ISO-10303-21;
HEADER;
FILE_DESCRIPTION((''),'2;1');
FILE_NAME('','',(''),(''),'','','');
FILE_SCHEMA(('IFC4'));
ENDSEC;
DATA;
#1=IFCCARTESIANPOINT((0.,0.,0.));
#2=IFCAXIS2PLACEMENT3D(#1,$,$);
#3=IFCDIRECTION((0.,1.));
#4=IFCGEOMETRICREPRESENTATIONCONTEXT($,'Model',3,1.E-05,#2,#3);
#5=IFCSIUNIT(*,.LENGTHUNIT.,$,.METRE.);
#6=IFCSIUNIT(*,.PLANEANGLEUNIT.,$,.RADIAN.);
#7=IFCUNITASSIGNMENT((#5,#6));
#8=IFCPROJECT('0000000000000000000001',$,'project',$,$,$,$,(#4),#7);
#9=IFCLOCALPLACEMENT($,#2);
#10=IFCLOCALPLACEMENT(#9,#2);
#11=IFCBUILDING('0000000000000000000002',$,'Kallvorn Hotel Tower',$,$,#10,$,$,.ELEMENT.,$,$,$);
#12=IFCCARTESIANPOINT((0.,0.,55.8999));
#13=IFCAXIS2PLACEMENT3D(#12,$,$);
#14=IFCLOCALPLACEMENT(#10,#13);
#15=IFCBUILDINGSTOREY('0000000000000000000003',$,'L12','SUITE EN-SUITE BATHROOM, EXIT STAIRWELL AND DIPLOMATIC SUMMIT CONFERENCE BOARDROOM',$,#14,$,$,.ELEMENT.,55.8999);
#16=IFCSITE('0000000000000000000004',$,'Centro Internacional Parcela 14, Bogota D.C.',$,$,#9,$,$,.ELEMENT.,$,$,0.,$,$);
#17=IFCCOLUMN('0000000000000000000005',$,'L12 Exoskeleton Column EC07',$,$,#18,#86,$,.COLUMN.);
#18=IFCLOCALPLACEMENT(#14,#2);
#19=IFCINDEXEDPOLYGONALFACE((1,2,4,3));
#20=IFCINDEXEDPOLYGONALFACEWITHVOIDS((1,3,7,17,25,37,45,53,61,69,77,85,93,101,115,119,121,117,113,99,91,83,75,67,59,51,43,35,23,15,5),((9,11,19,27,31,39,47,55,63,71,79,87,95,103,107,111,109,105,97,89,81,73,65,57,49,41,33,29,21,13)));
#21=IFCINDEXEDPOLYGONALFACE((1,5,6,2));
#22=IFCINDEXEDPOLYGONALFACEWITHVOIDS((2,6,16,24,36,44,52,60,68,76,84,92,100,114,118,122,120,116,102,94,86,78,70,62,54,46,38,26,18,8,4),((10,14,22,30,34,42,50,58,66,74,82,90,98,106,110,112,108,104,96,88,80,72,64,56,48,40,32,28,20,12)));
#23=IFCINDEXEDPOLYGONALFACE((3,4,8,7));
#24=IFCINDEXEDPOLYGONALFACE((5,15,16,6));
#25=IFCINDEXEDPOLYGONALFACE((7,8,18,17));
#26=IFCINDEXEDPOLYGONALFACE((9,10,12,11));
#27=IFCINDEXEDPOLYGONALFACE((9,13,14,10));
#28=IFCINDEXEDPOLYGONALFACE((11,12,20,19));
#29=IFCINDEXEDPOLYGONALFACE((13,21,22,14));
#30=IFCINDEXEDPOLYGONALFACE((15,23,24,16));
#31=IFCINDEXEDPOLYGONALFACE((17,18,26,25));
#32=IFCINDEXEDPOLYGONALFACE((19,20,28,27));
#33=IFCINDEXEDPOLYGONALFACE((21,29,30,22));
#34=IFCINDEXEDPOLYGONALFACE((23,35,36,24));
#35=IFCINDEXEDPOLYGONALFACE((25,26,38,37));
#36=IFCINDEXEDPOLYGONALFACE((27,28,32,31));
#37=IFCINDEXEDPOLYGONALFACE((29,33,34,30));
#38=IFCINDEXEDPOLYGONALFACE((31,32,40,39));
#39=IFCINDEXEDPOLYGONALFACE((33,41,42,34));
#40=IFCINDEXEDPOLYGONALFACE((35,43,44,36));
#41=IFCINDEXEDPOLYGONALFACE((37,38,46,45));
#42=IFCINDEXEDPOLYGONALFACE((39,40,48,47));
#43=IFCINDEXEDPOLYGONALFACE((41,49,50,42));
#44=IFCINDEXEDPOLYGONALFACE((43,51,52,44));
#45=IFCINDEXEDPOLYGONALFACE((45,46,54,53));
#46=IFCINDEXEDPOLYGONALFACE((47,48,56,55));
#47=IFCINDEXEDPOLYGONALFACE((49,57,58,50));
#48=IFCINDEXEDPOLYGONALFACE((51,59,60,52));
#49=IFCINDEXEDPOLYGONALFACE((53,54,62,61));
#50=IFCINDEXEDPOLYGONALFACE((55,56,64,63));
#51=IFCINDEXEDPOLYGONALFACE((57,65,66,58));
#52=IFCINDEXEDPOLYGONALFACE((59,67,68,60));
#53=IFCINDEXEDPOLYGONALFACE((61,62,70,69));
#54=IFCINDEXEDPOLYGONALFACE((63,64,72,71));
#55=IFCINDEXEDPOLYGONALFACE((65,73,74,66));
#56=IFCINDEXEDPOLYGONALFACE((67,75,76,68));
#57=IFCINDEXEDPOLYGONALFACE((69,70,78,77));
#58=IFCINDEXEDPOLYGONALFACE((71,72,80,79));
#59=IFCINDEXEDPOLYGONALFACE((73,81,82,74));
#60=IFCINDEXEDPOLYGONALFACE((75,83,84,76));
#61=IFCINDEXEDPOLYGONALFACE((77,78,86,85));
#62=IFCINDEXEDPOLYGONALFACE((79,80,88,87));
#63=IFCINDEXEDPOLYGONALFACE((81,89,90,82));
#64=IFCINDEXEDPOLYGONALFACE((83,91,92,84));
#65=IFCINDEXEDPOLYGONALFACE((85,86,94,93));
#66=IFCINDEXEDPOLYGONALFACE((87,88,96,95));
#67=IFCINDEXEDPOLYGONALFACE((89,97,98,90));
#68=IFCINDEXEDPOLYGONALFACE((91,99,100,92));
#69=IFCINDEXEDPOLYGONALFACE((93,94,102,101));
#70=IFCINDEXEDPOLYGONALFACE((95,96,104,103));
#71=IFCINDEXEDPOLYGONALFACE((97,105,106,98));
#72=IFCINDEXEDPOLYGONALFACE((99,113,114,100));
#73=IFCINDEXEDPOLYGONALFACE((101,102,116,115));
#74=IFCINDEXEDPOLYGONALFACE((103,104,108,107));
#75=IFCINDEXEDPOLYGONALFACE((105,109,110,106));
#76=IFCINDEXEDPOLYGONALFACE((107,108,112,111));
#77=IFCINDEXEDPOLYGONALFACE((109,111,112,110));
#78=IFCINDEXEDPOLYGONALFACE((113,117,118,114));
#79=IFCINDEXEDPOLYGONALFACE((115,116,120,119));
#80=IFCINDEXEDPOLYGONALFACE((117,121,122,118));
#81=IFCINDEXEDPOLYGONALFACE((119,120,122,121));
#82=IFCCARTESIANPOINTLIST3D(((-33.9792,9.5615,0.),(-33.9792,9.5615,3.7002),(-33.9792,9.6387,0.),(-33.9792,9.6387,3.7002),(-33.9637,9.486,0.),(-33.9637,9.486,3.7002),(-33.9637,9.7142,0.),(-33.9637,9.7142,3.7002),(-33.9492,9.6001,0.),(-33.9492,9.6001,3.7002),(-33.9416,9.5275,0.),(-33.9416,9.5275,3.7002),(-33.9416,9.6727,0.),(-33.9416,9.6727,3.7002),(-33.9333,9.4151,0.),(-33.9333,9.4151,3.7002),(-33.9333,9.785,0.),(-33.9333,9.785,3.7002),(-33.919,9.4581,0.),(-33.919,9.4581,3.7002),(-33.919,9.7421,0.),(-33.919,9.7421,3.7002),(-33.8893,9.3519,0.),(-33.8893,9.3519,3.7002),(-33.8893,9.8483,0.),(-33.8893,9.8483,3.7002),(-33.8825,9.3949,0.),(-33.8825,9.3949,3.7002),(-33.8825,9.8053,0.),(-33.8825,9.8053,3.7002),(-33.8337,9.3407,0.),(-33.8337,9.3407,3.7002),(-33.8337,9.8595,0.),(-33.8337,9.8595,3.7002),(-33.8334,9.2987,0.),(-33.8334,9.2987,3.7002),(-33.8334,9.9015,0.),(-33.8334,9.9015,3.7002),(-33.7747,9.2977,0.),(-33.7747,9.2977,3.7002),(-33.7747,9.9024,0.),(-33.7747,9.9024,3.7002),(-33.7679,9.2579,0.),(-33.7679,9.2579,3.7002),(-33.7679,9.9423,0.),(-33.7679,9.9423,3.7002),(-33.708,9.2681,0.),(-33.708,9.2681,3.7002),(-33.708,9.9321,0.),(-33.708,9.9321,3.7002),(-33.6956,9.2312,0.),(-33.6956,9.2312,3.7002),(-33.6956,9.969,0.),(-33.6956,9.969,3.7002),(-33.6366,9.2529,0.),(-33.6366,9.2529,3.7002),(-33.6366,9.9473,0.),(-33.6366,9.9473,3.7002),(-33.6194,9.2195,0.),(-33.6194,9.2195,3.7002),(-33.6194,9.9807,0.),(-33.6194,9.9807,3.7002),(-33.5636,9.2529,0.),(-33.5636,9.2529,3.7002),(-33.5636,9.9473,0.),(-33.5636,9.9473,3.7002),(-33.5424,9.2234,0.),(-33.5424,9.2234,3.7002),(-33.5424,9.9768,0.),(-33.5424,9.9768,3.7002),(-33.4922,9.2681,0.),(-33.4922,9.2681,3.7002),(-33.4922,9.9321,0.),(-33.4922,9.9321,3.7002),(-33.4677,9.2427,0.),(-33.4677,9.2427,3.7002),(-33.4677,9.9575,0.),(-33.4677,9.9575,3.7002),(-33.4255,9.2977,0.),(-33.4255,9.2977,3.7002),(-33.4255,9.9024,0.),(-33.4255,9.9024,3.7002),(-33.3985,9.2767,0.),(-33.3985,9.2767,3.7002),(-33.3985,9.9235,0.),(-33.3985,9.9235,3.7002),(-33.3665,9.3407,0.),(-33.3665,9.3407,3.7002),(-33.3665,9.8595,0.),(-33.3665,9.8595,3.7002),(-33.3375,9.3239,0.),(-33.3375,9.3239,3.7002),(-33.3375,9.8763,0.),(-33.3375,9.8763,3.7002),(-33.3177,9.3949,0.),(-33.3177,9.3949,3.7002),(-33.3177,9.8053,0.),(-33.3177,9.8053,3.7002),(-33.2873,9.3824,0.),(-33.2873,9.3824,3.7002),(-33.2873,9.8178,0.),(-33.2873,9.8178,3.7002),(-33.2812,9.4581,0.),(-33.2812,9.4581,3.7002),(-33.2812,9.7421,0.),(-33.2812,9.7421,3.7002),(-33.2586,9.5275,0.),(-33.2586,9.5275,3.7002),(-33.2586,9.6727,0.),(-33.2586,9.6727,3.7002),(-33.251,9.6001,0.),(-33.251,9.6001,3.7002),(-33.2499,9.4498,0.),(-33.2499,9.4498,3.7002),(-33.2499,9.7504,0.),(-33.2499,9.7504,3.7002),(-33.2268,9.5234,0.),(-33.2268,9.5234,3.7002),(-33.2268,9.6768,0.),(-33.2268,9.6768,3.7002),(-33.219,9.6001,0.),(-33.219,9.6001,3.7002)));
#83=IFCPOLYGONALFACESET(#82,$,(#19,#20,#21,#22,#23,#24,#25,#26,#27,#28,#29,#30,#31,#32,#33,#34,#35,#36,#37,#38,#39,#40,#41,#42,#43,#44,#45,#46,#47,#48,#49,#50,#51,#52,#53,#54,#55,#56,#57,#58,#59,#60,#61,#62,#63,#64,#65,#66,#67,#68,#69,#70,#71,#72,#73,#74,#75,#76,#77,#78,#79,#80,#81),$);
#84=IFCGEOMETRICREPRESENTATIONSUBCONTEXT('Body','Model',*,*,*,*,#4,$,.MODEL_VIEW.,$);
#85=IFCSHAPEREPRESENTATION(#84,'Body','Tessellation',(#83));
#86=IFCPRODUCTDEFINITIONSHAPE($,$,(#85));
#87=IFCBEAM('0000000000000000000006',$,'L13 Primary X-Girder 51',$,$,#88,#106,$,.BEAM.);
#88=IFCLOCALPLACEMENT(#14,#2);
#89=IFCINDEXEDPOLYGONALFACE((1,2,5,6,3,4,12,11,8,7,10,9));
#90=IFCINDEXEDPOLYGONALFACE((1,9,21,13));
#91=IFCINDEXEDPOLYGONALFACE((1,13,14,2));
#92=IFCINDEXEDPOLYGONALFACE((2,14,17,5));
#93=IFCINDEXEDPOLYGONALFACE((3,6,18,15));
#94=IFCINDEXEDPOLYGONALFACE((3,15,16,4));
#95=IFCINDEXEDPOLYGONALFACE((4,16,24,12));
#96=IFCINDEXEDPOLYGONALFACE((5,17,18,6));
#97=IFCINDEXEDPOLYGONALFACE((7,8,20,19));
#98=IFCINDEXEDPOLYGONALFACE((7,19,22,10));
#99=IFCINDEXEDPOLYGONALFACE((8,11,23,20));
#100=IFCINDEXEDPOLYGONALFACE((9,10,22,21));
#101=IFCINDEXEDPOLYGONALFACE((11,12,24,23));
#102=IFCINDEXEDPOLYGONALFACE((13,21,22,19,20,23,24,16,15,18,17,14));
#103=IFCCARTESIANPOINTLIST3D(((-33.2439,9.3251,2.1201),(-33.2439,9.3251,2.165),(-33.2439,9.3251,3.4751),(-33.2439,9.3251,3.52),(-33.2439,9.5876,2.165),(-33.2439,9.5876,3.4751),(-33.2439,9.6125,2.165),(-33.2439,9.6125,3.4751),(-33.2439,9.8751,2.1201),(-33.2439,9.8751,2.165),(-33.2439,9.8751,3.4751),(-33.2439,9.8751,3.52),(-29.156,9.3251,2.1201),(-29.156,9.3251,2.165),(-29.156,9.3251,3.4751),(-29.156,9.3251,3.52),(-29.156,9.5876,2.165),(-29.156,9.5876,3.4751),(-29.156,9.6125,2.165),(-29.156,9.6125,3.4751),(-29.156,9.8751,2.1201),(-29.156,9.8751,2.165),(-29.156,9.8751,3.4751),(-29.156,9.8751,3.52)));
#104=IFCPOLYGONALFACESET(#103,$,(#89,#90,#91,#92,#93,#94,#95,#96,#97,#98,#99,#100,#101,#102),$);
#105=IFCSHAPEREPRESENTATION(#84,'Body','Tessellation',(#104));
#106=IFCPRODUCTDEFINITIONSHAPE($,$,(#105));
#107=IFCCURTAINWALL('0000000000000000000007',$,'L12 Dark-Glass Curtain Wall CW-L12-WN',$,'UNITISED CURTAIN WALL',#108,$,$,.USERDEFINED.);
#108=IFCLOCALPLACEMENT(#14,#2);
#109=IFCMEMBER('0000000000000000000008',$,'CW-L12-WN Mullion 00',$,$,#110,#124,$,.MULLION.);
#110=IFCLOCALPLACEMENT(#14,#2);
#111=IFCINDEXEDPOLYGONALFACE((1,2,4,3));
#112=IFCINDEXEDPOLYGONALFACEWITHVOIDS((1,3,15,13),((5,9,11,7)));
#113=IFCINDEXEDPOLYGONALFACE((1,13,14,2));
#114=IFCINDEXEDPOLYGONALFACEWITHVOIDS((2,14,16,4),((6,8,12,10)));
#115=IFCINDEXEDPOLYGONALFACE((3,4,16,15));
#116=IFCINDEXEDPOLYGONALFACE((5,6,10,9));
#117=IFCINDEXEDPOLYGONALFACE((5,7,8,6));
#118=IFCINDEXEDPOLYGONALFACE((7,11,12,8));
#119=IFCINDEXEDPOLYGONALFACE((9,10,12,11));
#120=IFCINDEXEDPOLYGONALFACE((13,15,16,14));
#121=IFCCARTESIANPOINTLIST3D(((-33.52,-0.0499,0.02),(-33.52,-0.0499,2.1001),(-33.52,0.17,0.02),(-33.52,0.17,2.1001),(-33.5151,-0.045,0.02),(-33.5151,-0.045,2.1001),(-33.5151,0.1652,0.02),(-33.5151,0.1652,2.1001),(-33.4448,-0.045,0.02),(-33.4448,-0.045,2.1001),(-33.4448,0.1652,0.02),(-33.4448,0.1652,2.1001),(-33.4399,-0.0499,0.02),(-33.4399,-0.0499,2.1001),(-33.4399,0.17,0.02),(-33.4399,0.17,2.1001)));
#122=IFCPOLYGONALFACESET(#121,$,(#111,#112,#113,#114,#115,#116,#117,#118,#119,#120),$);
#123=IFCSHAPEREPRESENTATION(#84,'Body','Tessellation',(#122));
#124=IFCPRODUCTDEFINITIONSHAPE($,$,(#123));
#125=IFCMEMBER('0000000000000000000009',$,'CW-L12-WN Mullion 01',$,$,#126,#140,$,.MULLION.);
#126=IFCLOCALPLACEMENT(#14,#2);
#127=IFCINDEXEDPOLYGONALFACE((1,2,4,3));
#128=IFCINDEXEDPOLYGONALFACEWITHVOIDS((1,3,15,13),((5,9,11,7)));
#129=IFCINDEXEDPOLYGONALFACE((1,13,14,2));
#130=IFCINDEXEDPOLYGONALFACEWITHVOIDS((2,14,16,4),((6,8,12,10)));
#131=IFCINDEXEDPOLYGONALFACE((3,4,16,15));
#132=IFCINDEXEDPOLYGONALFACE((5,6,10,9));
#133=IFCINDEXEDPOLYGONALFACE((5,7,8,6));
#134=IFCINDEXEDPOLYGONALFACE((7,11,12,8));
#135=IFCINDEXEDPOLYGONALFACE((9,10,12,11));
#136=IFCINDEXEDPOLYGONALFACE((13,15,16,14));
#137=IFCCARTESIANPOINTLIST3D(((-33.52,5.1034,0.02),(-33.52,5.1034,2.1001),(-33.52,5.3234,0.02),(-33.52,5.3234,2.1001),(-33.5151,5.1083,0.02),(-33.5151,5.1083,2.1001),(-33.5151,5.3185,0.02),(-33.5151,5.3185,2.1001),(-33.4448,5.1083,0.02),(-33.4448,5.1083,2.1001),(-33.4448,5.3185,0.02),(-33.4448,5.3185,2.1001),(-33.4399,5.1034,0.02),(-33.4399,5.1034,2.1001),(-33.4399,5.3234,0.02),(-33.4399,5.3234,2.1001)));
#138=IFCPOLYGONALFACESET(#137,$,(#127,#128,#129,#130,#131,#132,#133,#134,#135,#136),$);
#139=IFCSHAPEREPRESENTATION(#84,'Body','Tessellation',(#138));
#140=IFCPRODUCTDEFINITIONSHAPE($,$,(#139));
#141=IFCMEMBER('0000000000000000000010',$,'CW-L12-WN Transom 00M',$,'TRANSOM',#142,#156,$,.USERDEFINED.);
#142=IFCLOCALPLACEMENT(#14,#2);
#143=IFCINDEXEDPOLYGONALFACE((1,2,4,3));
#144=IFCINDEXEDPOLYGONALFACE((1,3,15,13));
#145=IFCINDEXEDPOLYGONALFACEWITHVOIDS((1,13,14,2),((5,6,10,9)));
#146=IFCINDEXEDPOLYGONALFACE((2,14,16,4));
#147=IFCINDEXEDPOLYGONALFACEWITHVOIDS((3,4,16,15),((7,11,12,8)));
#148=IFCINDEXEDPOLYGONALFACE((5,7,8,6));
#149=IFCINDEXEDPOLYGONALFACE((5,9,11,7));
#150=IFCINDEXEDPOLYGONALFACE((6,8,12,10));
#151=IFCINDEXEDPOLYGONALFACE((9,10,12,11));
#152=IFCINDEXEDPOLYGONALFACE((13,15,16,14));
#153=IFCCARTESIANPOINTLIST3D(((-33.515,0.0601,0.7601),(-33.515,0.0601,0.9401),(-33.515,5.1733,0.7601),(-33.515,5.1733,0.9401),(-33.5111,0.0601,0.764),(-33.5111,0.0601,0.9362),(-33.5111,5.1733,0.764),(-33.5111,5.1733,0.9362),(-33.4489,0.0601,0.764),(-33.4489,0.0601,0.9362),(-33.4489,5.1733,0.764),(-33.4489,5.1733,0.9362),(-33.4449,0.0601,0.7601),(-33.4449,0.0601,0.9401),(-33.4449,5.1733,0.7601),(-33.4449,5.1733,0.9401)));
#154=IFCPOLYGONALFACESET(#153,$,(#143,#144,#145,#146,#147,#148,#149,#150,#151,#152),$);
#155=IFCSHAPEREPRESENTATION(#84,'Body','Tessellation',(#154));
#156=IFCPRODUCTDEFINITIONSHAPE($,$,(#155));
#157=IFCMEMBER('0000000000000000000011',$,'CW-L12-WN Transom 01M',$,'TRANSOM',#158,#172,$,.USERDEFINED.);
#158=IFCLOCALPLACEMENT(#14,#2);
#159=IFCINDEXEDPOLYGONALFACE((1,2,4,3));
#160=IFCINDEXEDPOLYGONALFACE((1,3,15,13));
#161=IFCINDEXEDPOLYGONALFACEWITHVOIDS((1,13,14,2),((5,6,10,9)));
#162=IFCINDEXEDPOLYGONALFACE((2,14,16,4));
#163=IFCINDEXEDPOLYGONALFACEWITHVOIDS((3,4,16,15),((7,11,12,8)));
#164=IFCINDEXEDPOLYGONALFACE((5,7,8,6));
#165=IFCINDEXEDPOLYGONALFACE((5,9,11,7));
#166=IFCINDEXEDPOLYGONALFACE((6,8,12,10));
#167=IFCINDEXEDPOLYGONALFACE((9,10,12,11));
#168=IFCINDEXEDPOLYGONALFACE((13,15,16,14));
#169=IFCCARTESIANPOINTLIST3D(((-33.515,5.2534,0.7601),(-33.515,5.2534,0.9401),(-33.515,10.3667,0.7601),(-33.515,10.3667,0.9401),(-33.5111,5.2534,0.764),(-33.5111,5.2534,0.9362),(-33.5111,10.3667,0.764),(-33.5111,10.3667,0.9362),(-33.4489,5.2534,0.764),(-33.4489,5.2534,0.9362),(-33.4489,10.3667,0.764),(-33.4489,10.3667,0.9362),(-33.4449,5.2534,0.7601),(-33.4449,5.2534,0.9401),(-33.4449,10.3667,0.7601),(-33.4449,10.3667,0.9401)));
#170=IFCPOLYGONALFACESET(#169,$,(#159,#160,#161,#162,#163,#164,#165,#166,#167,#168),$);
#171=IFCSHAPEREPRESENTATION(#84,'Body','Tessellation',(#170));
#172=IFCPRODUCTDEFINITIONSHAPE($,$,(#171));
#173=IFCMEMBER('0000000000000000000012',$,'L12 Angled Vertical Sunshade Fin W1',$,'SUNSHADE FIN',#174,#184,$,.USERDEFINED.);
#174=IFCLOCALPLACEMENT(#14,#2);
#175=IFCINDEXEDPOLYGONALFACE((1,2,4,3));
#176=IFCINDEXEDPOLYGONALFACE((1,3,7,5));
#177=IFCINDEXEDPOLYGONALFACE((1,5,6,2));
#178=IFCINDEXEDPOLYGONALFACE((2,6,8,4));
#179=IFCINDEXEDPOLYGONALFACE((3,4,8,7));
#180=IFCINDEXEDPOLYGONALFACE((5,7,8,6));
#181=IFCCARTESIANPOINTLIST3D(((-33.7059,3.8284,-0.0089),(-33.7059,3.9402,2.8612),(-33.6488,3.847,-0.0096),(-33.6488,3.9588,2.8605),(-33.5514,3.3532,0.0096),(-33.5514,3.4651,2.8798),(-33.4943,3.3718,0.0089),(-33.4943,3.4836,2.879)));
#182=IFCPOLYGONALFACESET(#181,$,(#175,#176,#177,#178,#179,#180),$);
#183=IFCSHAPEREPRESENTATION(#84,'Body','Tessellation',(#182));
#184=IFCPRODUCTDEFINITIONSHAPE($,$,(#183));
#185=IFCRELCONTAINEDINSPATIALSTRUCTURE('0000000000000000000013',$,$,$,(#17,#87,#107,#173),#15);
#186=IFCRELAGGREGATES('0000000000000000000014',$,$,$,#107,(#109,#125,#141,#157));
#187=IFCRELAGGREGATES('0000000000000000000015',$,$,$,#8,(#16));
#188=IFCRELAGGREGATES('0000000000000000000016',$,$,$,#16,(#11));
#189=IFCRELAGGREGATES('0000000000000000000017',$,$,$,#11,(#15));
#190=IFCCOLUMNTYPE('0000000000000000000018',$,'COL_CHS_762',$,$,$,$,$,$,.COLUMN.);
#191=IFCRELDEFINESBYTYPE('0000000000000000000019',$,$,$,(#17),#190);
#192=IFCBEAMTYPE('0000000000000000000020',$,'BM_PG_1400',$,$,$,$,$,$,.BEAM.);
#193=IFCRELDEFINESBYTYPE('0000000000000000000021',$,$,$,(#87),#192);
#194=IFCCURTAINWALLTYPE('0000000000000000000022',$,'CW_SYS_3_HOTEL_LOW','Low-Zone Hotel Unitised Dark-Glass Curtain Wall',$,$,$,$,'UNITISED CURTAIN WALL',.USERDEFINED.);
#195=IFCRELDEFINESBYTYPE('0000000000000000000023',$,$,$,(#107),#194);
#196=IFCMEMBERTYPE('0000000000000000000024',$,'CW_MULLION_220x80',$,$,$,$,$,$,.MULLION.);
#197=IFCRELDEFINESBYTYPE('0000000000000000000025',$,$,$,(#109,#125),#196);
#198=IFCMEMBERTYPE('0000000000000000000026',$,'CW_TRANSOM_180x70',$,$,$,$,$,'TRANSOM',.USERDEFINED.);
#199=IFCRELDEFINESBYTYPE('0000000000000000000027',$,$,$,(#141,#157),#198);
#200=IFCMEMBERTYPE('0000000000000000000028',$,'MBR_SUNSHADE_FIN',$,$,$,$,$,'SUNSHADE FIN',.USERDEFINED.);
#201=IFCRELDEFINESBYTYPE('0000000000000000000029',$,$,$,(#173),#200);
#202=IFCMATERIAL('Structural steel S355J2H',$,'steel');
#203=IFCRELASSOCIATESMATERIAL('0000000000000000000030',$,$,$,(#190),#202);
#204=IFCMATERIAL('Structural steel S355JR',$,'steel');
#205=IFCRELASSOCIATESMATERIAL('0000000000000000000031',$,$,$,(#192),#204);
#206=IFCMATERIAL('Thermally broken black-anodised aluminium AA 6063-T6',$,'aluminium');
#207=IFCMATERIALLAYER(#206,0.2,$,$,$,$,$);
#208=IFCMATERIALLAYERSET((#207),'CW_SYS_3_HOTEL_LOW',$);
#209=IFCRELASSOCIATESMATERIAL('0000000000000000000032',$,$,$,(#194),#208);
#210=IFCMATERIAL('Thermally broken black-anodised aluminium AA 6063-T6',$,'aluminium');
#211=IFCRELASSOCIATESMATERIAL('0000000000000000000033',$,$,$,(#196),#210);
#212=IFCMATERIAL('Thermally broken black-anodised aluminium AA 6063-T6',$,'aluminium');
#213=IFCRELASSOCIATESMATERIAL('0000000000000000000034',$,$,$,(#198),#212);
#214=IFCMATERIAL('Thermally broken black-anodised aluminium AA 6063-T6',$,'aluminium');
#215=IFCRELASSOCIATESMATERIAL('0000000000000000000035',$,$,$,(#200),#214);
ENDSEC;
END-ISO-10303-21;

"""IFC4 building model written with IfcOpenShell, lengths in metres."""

from ifc_helpers import new_model, si_unit, direction, frame, origin, origin_2d, place, context, subcontext, project, spatial, rectangle, hollow_rectangle, hollow_circle, i_section, extrude, material, layer, layer_set, material_profile, profile_set, type_object, element, aggregate, save


model = new_model("IFC4")

# Units and contexts
model_context = context("Model", 3, precision=1e-05, world=origin(), true_north=direction((0.0, 1.0)))
body_context = subcontext(model_context, "Body", "Model", "MODEL_VIEW")
ifc_project = project(units=[si_unit("LENGTHUNIT", "METRE"), si_unit("PLANEANGLEUNIT", "RADIAN")], contexts=[model_context])

# Site, building, storey
site_placement = place(None, origin())
site = spatial("IfcSite", under=ifc_project, at=site_placement, Name="Centro Internacional Parcela 14, Bogota D.C.", CompositionType="ELEMENT", RefElevation=0.0)
building_placement = place(site_placement, origin())
building = spatial("IfcBuilding", under=site, at=building_placement, Name="Kallvorn Hotel Tower", CompositionType="ELEMENT")
storey_placement = place(building_placement, frame((0.0, 0.0, 55.8999)))
storey = spatial("IfcBuildingStorey", under=building, at=storey_placement, Name="L12", Description="SUITE EN-SUITE BATHROOM, EXIT STAIRWELL AND DIPLOMATIC SUMMIT CONFERENCE BOARDROOM", CompositionType="ELEMENT", Elevation=55.8999)

# Column
ifc_material_1 = material(Name="Structural steel S355J2H", Category="steel")
ifc_material_profile_1 = material_profile(ifc_material_1, hollow_circle(Radius=0.3811, WallThickness=0.032, at=origin_2d()), Name="CHS 762x32")
ifc_profile_set_1 = profile_set([ifc_material_profile_1], Name="Structural steel S355J2H")
column_type = type_object("IfcColumnType", Name="COL_CHS_762", PredefinedType="COLUMN", material=ifc_profile_set_1)
for number, where, z_axis, x_axis, name in (
    (1, (-33.6001, 9.6001, 0.0), (0.0, 0.0, 1.0), (1.0, 0.0, 0.0), "L12 Exoskeleton Column EC07"),
):
    element("IfcColumn", number, at=place(storey_placement, frame(where, z_axis=z_axis, x_axis=x_axis)), inside=storey, type_object=column_type, Name=name, PredefinedType="COLUMN", context=body_context, shape_type="SweptSolid", body=[
        extrude(hollow_circle(Radius=0.3811, WallThickness=0.032, at=origin_2d()), origin(), (0.0, 0.0, 1.0), 3.7002),
    ])

# Beam
ifc_material_2 = material(Name="Structural steel S355JR", Category="steel")
ifc_material_profile_2 = material_profile(ifc_material_2, i_section(OverallWidth=0.55, OverallDepth=1.3999, WebThickness=0.0249, FlangeThickness=0.0449, at=origin_2d()), Name="PG 1400x550x25x45")
ifc_profile_set_2 = profile_set([ifc_material_profile_2], Name="Structural steel S355JR")
beam_type = type_object("IfcBeamType", Name="BM_PG_1400", PredefinedType="BEAM", material=ifc_profile_set_2)
beam_placement = place(storey_placement, frame((-33.2439, 9.6001, 2.8201), z_axis=(1.0, 0.0, 0.0), x_axis=(0.0, 1.0, 0.0)))
element("IfcBeam", 2, at=beam_placement, inside=storey, type_object=beam_type, Name="L13 Primary X-Girder 51", PredefinedType="BEAM", context=body_context, shape_type="SweptSolid", body=[
    extrude(i_section(OverallWidth=0.55, OverallDepth=1.3999, WebThickness=0.0249, FlangeThickness=0.0449, at=origin_2d()), origin(), (0.0, 0.0, 1.0), 4.0879),
])

# Curtain wall, members
ifc_material_3 = material(Name="Thermally broken black-anodised aluminium AA 6063-T6", Category="aluminium")
ifc_layer_1 = layer(ifc_material_3, 0.2)
ifc_layer_set_1 = layer_set([ifc_layer_1], Name="CW_SYS_3_HOTEL_LOW")
curtain_wall_type = type_object("IfcCurtainWallType", Name="CW_SYS_3_HOTEL_LOW", Description="Low-Zone Hotel Unitised Dark-Glass Curtain Wall", ElementType="UNITISED CURTAIN WALL", PredefinedType="USERDEFINED", material=ifc_layer_set_1)
curtain_wall_placement = place(storey_placement, origin())
curtain_wall = element("IfcCurtainWall", 3, at=curtain_wall_placement, inside=storey, type_object=curtain_wall_type, Name="L12 Dark-Glass Curtain Wall CW-L12-WN", ObjectType="UNITISED CURTAIN WALL", PredefinedType="USERDEFINED")
ifc_material_4 = material(Name="Thermally broken black-anodised aluminium AA 6063-T6", Category="aluminium")
ifc_material_profile_3 = material_profile(ifc_material_4, hollow_rectangle(XDim=0.0801, YDim=0.22, WallThickness=0.0049, at=origin_2d()), Name="MUL 220x80")
ifc_profile_set_3 = profile_set([ifc_material_profile_3], Name="Thermally broken black-anodised aluminium AA 6063-T6")
member_type_1 = type_object("IfcMemberType", Name="CW_MULLION_220x80", PredefinedType="MULLION", material=ifc_profile_set_3)
member_1_placement = place(storey_placement, frame((-33.48, 0.0601, 0.02), z_axis=(0.0, 0.0, 1.0), x_axis=(1.0, 0.0, 0.0)))
member_1 = element("IfcMember", 4, at=member_1_placement, type_object=member_type_1, Name="CW-L12-WN Mullion 00", PredefinedType="MULLION", context=body_context, shape_type="SweptSolid", body=[
    extrude(hollow_rectangle(XDim=0.0801, YDim=0.22, WallThickness=0.0049, at=origin_2d()), origin(), (0.0, 0.0, 1.0), 2.0801),
])
member_2_placement = place(storey_placement, frame((-33.48, 5.2134, 0.02), z_axis=(0.0, 0.0, 1.0), x_axis=(1.0, 0.0, 0.0)))
member_2 = element("IfcMember", 5, at=member_2_placement, type_object=member_type_1, Name="CW-L12-WN Mullion 01", PredefinedType="MULLION", context=body_context, shape_type="SweptSolid", body=[
    extrude(hollow_rectangle(XDim=0.0801, YDim=0.22, WallThickness=0.0049, at=origin_2d()), origin(), (0.0, 0.0, 1.0), 2.0801),
])
ifc_material_5 = material(Name="Thermally broken black-anodised aluminium AA 6063-T6", Category="aluminium")
ifc_material_profile_4 = material_profile(ifc_material_5, hollow_rectangle(XDim=0.0701, YDim=0.1799, WallThickness=0.0039, at=origin_2d()), Name="TRN 180x70")
ifc_profile_set_4 = profile_set([ifc_material_profile_4], Name="Thermally broken black-anodised aluminium AA 6063-T6")
member_type_2 = type_object("IfcMemberType", Name="CW_TRANSOM_180x70", ElementType="TRANSOM", PredefinedType="USERDEFINED", material=ifc_profile_set_4)
member_3_placement = place(storey_placement, frame((-33.48, 0.0601, 0.8501), z_axis=(0.0, 1.0, 0.0), x_axis=(-1.0, 0.0, 0.0)))
member_3 = element("IfcMember", 6, at=member_3_placement, type_object=member_type_2, Name="CW-L12-WN Transom 00M", ObjectType="TRANSOM", PredefinedType="USERDEFINED", context=body_context, shape_type="SweptSolid", body=[
    extrude(hollow_rectangle(XDim=0.0701, YDim=0.1799, WallThickness=0.0039, at=origin_2d()), origin(), (0.0, 0.0, 1.0), 5.1133),
])
member_4_placement = place(storey_placement, frame((-33.48, 5.2534, 0.8501), z_axis=(0.0, 1.0, 0.0), x_axis=(-1.0, 0.0, 0.0)))
member_4 = element("IfcMember", 7, at=member_4_placement, type_object=member_type_2, Name="CW-L12-WN Transom 01M", ObjectType="TRANSOM", PredefinedType="USERDEFINED", context=body_context, shape_type="SweptSolid", body=[
    extrude(hollow_rectangle(XDim=0.0701, YDim=0.1799, WallThickness=0.0039, at=origin_2d()), origin(), (0.0, 0.0, 1.0), 5.1133),
])

# Member
ifc_material_6 = material(Name="Thermally broken black-anodised aluminium AA 6063-T6", Category="aluminium")
ifc_material_profile_5 = material_profile(ifc_material_6, rectangle(XDim=0.0601, YDim=0.5, at=origin_2d()), Name="FIN 500x60")
ifc_profile_set_5 = profile_set([ifc_material_profile_5], Name="Thermally broken black-anodised aluminium AA 6063-T6")
member_type_3 = type_object("IfcMemberType", Name="MBR_SUNSHADE_FIN", ElementType="SUNSHADE FIN", PredefinedType="USERDEFINED", material=ifc_profile_set_5)
member_5_placement = place(storey_placement, frame((-33.6001, 3.6001, 0.0), z_axis=(0.0, 0.038929, 0.999242), x_axis=(-0.951057, -0.308783, 0.01203)))
element("IfcMember", 8, at=member_5_placement, inside=storey, type_object=member_type_3, Name="L12 Angled Vertical Sunshade Fin W1", ObjectType="SUNSHADE FIN", PredefinedType="USERDEFINED", context=body_context, shape_type="SweptSolid", body=[
    extrude(rectangle(XDim=0.0601, YDim=0.5, at=origin_2d()), origin(), (0.0, 0.0, 1.0), 2.8723),
])

aggregate(curtain_wall, [member_1, member_2, member_3, member_4])

save(model, "model.ifc")
